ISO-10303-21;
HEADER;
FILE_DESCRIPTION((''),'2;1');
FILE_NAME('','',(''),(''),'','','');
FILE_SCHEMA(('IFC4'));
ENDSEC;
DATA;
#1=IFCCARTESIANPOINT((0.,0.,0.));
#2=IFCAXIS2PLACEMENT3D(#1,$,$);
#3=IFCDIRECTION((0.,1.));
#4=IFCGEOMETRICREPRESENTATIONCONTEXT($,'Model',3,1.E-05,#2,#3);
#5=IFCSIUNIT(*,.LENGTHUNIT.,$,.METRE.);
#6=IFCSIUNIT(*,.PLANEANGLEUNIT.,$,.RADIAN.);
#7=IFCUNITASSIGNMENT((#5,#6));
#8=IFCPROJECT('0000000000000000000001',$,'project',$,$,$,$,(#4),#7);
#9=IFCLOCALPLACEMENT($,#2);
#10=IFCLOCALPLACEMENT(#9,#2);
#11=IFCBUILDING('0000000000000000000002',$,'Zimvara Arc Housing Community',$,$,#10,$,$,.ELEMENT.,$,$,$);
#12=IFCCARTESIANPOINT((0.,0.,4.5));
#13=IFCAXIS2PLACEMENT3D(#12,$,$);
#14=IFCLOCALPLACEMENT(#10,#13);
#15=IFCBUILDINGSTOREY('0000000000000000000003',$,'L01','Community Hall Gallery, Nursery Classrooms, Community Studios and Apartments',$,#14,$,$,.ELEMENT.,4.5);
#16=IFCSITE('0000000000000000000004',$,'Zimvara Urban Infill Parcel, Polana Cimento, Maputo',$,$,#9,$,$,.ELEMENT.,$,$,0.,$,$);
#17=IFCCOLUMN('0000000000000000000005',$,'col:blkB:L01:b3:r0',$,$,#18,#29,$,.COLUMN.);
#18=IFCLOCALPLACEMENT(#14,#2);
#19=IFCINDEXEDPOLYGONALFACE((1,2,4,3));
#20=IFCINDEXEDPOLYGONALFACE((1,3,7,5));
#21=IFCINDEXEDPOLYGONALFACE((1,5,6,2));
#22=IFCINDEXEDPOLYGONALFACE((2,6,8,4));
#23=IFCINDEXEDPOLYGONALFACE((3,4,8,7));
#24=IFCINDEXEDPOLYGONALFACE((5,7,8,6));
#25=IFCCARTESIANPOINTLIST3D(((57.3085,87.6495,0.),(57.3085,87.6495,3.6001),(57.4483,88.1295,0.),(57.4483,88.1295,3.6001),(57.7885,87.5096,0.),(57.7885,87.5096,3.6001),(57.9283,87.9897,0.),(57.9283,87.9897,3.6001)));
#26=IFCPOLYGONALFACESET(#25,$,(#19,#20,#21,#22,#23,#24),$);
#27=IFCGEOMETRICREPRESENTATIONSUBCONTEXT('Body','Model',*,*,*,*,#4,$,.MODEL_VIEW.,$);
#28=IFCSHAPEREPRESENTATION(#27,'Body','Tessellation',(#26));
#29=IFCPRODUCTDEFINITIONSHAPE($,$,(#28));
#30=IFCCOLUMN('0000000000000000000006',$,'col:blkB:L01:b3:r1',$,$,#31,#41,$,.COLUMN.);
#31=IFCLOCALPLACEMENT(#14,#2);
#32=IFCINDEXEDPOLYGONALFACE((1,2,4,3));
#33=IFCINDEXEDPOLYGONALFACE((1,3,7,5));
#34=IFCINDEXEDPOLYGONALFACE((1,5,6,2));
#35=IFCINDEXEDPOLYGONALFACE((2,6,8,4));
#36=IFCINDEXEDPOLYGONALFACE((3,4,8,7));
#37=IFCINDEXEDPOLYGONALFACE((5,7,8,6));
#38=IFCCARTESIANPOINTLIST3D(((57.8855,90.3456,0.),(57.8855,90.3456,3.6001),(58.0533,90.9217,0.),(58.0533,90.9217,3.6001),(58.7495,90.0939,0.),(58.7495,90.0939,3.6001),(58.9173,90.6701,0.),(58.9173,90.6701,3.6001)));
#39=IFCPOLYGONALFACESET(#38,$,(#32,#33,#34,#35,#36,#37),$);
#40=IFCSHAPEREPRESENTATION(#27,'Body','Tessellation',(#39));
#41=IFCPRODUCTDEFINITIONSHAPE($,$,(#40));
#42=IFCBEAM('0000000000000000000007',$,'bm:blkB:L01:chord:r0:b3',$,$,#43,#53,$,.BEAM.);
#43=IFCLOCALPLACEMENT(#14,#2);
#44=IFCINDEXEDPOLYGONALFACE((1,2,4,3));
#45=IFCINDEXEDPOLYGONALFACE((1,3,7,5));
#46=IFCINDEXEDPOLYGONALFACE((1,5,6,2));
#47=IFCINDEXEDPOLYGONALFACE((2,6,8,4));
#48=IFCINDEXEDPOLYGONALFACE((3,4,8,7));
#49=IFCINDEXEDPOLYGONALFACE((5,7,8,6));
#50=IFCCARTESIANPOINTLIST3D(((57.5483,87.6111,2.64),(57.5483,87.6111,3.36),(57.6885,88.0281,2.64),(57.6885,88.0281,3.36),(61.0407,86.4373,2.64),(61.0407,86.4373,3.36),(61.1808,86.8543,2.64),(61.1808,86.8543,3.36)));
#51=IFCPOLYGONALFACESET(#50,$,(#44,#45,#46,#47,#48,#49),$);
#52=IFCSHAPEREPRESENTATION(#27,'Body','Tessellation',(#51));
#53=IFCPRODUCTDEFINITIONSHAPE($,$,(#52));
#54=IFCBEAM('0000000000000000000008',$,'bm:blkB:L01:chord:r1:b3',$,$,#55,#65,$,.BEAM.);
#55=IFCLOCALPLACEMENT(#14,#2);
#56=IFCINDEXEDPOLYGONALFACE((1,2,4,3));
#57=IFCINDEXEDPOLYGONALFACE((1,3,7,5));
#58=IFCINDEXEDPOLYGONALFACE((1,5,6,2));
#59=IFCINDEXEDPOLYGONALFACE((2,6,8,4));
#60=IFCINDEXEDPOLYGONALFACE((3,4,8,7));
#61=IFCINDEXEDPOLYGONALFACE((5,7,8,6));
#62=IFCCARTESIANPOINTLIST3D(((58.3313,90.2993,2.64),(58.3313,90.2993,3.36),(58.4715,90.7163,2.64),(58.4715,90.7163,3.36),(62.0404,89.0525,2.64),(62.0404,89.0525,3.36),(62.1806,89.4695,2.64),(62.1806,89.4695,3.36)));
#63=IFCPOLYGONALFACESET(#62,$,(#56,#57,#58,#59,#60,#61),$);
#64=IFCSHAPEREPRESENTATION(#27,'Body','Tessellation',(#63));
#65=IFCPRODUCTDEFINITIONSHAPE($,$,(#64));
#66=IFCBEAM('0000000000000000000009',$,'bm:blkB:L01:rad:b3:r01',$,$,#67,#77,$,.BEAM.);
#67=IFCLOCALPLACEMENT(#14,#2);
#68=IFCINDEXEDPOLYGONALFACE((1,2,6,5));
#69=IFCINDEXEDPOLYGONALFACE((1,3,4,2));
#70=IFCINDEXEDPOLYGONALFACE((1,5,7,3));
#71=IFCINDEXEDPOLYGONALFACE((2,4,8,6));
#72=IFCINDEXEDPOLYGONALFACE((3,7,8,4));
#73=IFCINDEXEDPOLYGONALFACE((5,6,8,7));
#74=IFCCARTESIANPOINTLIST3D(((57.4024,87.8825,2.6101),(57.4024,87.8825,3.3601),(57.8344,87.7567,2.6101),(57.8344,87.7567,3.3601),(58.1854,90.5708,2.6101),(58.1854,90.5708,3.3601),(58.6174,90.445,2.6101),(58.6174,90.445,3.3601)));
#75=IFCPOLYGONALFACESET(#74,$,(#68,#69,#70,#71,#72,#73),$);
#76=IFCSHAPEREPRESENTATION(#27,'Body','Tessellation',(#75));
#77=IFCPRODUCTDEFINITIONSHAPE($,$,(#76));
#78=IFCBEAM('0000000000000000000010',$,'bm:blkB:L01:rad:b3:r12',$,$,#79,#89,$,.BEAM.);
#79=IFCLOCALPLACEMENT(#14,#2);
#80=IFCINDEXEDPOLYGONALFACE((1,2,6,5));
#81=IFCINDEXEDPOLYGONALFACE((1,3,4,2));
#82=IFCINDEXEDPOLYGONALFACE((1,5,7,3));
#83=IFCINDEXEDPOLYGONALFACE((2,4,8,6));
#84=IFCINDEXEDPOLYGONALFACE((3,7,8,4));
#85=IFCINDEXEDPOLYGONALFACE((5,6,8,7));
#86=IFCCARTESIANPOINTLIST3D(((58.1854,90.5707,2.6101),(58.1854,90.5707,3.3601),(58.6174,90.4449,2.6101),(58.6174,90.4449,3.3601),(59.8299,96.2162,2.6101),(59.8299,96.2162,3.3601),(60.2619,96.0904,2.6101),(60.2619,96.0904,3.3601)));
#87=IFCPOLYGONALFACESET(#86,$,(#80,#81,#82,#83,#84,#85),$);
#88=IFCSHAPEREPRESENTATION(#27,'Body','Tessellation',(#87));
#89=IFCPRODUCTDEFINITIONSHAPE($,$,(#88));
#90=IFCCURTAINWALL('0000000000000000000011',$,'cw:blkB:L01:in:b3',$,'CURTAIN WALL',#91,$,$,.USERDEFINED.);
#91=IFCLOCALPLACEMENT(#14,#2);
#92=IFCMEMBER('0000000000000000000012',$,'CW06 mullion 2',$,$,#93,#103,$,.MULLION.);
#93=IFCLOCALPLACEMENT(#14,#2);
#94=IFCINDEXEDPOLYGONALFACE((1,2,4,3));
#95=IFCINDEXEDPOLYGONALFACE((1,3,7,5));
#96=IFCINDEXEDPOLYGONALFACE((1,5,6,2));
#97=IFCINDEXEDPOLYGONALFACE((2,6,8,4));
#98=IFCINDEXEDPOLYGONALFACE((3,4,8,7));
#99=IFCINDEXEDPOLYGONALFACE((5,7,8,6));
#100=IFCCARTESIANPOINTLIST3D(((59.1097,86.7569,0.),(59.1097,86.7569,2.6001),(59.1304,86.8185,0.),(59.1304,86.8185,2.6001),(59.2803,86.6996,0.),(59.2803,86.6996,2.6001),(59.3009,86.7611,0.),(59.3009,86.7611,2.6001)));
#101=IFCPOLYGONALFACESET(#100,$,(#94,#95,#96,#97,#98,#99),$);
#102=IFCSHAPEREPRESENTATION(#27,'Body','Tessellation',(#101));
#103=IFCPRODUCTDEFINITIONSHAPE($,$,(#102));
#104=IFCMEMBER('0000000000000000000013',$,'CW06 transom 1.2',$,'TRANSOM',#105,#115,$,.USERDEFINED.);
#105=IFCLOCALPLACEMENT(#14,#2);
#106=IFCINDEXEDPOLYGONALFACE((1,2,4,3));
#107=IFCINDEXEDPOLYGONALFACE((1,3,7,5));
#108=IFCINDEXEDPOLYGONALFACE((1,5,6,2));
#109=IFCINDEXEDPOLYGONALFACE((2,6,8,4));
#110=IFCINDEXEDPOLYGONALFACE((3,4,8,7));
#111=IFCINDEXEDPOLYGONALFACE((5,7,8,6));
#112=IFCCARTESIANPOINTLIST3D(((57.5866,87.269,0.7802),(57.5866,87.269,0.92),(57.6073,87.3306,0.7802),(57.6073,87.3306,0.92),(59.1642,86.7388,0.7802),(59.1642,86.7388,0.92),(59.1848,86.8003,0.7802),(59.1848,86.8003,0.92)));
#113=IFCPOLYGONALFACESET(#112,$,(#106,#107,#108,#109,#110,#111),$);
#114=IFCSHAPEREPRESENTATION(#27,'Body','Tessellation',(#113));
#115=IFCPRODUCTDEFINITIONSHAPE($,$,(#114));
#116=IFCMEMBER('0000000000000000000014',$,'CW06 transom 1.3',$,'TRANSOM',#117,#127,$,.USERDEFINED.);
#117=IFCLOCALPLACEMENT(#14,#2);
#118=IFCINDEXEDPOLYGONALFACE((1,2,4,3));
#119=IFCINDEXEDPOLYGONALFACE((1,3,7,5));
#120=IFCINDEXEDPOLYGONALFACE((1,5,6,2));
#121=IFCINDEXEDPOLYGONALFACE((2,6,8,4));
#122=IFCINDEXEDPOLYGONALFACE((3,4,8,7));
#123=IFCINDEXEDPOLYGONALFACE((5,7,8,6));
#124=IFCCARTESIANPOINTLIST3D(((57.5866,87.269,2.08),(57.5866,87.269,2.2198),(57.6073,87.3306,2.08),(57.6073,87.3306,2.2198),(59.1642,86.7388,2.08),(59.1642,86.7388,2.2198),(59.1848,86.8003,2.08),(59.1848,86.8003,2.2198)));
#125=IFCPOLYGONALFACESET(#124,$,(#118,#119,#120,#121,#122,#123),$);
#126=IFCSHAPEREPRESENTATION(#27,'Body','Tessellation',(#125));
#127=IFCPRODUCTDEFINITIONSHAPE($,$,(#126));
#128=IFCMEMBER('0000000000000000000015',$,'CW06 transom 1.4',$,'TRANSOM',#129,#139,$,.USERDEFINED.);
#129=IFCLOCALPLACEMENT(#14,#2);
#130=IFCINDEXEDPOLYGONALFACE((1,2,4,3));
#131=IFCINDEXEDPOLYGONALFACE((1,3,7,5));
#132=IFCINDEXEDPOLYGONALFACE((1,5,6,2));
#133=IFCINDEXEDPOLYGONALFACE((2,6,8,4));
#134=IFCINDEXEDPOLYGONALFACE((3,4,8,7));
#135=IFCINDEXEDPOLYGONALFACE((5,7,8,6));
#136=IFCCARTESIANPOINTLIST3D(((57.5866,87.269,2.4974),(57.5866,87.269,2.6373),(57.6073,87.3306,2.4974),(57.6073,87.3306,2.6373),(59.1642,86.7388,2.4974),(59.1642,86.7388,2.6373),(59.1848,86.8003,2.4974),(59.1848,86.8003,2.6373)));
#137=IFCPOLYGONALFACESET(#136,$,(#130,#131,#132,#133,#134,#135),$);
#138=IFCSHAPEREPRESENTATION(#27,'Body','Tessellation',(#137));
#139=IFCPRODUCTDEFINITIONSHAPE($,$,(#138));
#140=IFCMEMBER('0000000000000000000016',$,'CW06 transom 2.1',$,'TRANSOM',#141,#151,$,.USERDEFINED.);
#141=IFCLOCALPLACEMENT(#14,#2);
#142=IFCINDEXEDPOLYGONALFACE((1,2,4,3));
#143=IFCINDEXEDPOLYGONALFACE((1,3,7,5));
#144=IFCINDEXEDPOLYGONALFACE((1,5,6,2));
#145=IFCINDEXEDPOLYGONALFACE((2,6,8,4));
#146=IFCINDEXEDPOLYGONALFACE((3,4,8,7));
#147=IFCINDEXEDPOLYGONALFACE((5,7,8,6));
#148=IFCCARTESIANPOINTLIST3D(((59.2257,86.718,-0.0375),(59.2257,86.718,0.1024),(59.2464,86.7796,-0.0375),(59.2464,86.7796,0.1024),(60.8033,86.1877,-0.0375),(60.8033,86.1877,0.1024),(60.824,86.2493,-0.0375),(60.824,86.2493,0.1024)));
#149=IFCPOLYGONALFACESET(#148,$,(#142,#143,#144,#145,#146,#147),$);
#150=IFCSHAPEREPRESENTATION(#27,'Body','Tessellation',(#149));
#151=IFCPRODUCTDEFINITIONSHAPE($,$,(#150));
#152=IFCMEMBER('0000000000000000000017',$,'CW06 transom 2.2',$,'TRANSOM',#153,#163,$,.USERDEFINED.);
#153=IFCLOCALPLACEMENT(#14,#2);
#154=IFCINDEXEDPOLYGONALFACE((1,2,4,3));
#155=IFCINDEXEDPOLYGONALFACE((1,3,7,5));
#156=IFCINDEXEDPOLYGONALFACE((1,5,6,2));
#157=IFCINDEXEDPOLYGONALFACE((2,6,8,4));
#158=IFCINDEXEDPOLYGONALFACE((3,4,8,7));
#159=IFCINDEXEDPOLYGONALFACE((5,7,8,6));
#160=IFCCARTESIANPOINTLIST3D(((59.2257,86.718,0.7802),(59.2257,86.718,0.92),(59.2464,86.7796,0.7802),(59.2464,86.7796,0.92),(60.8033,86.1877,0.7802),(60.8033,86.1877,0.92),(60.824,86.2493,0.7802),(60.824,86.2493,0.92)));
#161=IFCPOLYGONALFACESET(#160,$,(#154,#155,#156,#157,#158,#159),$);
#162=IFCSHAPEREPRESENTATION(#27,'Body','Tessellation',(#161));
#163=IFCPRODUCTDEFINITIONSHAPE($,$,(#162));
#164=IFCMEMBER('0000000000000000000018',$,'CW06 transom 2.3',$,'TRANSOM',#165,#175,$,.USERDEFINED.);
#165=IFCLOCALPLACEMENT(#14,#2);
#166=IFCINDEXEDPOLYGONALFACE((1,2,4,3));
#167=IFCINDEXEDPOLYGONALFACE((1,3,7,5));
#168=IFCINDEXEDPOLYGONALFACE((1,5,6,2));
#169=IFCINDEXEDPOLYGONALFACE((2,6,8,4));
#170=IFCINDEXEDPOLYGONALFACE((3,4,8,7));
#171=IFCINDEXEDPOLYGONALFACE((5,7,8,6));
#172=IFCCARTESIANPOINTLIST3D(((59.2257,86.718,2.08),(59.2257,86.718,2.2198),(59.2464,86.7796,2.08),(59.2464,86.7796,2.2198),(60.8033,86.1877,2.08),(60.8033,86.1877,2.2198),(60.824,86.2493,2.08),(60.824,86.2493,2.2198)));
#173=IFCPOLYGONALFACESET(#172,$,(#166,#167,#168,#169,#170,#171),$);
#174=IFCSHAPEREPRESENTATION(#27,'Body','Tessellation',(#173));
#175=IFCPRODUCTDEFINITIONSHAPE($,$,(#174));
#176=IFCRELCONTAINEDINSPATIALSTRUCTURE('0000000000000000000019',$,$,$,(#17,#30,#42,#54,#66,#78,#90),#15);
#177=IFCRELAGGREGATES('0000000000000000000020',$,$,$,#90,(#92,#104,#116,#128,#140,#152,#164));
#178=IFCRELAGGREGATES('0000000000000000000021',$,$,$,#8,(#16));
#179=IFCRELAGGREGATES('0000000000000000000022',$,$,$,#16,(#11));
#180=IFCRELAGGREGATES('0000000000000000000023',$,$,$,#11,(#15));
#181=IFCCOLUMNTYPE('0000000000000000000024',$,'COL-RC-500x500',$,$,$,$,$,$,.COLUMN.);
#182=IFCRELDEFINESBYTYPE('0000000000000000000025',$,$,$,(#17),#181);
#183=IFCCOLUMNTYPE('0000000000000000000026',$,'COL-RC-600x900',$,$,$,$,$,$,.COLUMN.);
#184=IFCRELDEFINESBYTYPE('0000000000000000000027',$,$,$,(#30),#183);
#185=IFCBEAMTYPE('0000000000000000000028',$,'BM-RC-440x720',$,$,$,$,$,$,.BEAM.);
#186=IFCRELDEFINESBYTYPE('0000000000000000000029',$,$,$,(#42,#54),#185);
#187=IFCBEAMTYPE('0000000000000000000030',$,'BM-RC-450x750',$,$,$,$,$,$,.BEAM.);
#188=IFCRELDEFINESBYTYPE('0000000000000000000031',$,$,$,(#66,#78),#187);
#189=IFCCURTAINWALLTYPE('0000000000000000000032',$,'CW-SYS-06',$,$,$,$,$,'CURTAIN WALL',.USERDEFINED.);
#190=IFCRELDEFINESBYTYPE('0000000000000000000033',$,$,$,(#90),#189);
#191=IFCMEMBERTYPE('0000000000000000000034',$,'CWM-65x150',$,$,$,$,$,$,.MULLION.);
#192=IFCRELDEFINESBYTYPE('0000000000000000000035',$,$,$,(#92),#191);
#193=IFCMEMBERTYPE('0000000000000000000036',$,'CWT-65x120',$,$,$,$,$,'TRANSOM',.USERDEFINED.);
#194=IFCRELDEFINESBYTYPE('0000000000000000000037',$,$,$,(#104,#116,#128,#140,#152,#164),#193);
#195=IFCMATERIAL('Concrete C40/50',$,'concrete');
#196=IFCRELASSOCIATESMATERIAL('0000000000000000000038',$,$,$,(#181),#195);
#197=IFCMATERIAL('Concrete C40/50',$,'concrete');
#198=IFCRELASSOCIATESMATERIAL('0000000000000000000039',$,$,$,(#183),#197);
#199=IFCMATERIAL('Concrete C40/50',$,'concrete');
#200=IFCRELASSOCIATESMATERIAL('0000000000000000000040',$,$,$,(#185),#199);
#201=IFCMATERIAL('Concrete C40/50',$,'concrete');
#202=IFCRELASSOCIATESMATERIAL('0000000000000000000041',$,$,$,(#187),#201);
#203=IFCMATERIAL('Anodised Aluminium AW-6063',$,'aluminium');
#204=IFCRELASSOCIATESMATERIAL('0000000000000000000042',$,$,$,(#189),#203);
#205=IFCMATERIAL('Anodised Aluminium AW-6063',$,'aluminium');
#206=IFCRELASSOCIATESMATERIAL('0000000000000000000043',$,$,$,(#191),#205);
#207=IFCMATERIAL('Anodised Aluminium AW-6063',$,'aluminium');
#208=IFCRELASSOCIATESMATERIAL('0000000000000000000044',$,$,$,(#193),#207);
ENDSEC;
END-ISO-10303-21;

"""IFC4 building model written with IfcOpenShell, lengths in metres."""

from ifc_helpers import new_model, si_unit, direction, frame, origin, origin_2d, place, context, subcontext, project, spatial, rectangle, extrude, material, material_profile, profile_set, type_object, element, aggregate, save


model = new_model("IFC4")

# Units and contexts
model_context = context("Model", 3, precision=1e-05, world=origin(), true_north=direction((0.0, 1.0)))
body_context = subcontext(model_context, "Body", "Model", "MODEL_VIEW")
ifc_project = project(units=[si_unit("LENGTHUNIT", "METRE"), si_unit("PLANEANGLEUNIT", "RADIAN")], contexts=[model_context])

# Site, building, storey
site_placement = place(None, origin())
site = spatial("IfcSite", under=ifc_project, at=site_placement, Name="Zimvara Urban Infill Parcel, Polana Cimento, Maputo", CompositionType="ELEMENT", RefElevation=0.0)
building_placement = place(site_placement, origin())
building = spatial("IfcBuilding", under=site, at=building_placement, Name="Zimvara Arc Housing Community", CompositionType="ELEMENT")
storey_placement = place(building_placement, frame((0.0, 0.0, 4.5)))
storey = spatial("IfcBuildingStorey", under=building, at=storey_placement, Name="L01", Description="Community Hall Gallery, Nursery Classrooms, Community Studios and Apartments", CompositionType="ELEMENT", Elevation=4.5)

# Columns
ifc_material_1 = material(Name="Concrete C40/50", Category="concrete")
ifc_material_profile_1 = material_profile(ifc_material_1, rectangle(XDim=0.5, YDim=0.5, at=origin_2d()), Name="RC 500x500")
ifc_profile_set_1 = profile_set([ifc_material_profile_1], Name="Concrete C40/50")
column_type_1 = type_object("IfcColumnType", Name="COL-RC-500x500", PredefinedType="COLUMN", material=ifc_profile_set_1)
column_1_placement = place(storey_placement, frame((57.6184, 87.8196, 0.0), z_axis=(0.0, 0.0, 1.0), x_axis=(0.279661, 0.960099, 0.0)))
element("IfcColumn", 1, at=column_1_placement, inside=storey, type_object=column_type_1, Name="col:blkB:L01:b3:r0", PredefinedType="COLUMN", context=body_context, shape_type="SweptSolid", body=[
    extrude(rectangle(XDim=0.5, YDim=0.5, at=origin_2d()), origin(), (0.0, 0.0, 1.0), 3.6001),
])
ifc_material_2 = material(Name="Concrete C40/50", Category="concrete")
ifc_material_profile_2 = material_profile(ifc_material_2, rectangle(XDim=0.6001, YDim=0.8999, at=origin_2d()), Name="RC 600x900")
ifc_profile_set_2 = profile_set([ifc_material_profile_2], Name="Concrete C40/50")
column_type_2 = type_object("IfcColumnType", Name="COL-RC-600x900", PredefinedType="COLUMN", material=ifc_profile_set_2)
column_2_placement = place(storey_placement, frame((58.4014, 90.5078, 0.0), z_axis=(0.0, 0.0, 1.0), x_axis=(0.279661, 0.960099, 0.0)))
element("IfcColumn", 2, at=column_2_placement, inside=storey, type_object=column_type_2, Name="col:blkB:L01:b3:r1", PredefinedType="COLUMN", context=body_context, shape_type="SweptSolid", body=[
    extrude(rectangle(XDim=0.6001, YDim=0.8999, at=origin_2d()), origin(), (0.0, 0.0, 1.0), 3.6001),
])

# Beams
ifc_material_3 = material(Name="Concrete C40/50", Category="concrete")
ifc_material_profile_3 = material_profile(ifc_material_3, rectangle(XDim=0.4399, YDim=0.72, at=origin_2d()), Name="RC 440x720")
ifc_profile_set_3 = profile_set([ifc_material_profile_3], Name="Concrete C40/50")
beam_type_1 = type_object("IfcBeamType", Name="BM-RC-440x720", PredefinedType="BEAM", material=ifc_profile_set_3)
beam_1_placement = place(storey_placement, frame((57.6184, 87.8196, 3.0), z_axis=(0.947892, -0.318592, 0.0), x_axis=(0.318592, 0.947892, 0.0)))
element("IfcBeam", 3, at=beam_1_placement, inside=storey, type_object=beam_type_1, Name="bm:blkB:L01:chord:r0:b3", PredefinedType="BEAM", context=body_context, shape_type="SweptSolid", body=[
    extrude(rectangle(XDim=0.4399, YDim=0.72, at=origin_2d()), origin(), (0.0, 0.0, 1.0), 3.6843),
])
beam_2_placement = place(storey_placement, frame((58.4014, 90.5078, 3.0), z_axis=(0.947882, -0.318623, 0.0), x_axis=(0.318623, 0.947882, 0.0)))
element("IfcBeam", 4, at=beam_2_placement, inside=storey, type_object=beam_type_1, Name="bm:blkB:L01:chord:r1:b3", PredefinedType="BEAM", context=body_context, shape_type="SweptSolid", body=[
    extrude(rectangle(XDim=0.4399, YDim=0.72, at=origin_2d()), origin(), (0.0, 0.0, 1.0), 3.9131),
])
ifc_material_4 = material(Name="Concrete C40/50", Category="concrete")
ifc_material_profile_4 = material_profile(ifc_material_4, rectangle(XDim=0.45, YDim=0.75, at=origin_2d()), Name="RC 450x750")
ifc_profile_set_4 = profile_set([ifc_material_profile_4], Name="Concrete C40/50")
beam_type_2 = type_object("IfcBeamType", Name="BM-RC-450x750", PredefinedType="BEAM", material=ifc_profile_set_4)
beam_3_placement = place(storey_placement, frame((57.6184, 87.8196, 2.9851), z_axis=(0.279635, 0.960106, 0.0), x_axis=(-0.960106, 0.279635, 0.0)))
element("IfcBeam", 5, at=beam_3_placement, inside=storey, type_object=beam_type_2, Name="bm:blkB:L01:rad:b3:r01", PredefinedType="BEAM", context=body_context, shape_type="SweptSolid", body=[
    extrude(rectangle(XDim=0.45, YDim=0.75, at=origin_2d()), origin(), (0.0, 0.0, 1.0), 2.8),
])
beam_4_placement = place(storey_placement, frame((58.4014, 90.5078, 2.9851), z_axis=(0.279675, 0.960095, 0.0), x_axis=(-0.960095, 0.279675, 0.0)))
element("IfcBeam", 6, at=beam_4_placement, inside=storey, type_object=beam_type_2, Name="bm:blkB:L01:rad:b3:r12", PredefinedType="BEAM", context=body_context, shape_type="SweptSolid", body=[
    extrude(rectangle(XDim=0.45, YDim=0.75, at=origin_2d()), origin(), (0.0, 0.0, 1.0), 5.8801),
])

# Curtain wall, members
ifc_material_5 = material(Name="Anodised Aluminium AW-6063", Category="aluminium")
curtain_wall_type = type_object("IfcCurtainWallType", Name="CW-SYS-06", ElementType="CURTAIN WALL", PredefinedType="USERDEFINED", material=ifc_material_5)
curtain_wall_placement = place(storey_placement, origin())
curtain_wall = element("IfcCurtainWall", 7, at=curtain_wall_placement, inside=storey, type_object=curtain_wall_type, Name="cw:blkB:L01:in:b3", ObjectType="CURTAIN WALL", PredefinedType="USERDEFINED")
ifc_material_6 = material(Name="Anodised Aluminium AW-6063", Category="aluminium")
ifc_material_profile_5 = material_profile(ifc_material_6, rectangle(XDim=0.0649, YDim=0.1799, at=origin_2d()), Name="ALU 65x180")
ifc_profile_set_5 = profile_set([ifc_material_profile_5], Name="Anodised Aluminium AW-6063")
member_type_1 = type_object("IfcMemberType", Name="CWM-65x150", PredefinedType="MULLION", material=ifc_profile_set_5)
member_1_placement = place(storey_placement, frame((59.2053, 86.759, 0.0), z_axis=(0.0, 0.0, 1.0), x_axis=(0.31863, 0.947879, 0.0)))
member_1 = element("IfcMember", 8, at=member_1_placement, type_object=member_type_1, Name="CW06 mullion 2", PredefinedType="MULLION", context=body_context, shape_type="SweptSolid", body=[
    extrude(rectangle(XDim=0.0649, YDim=0.1799, at=origin_2d()), origin(), (0.0, 0.0, 1.0), 2.6001),
])
ifc_material_7 = material(Name="Anodised Aluminium AW-6063", Category="aluminium")
ifc_material_profile_6 = material_profile(ifc_material_7, rectangle(XDim=0.0649, YDim=0.1399, at=origin_2d()), Name="ALU 65x140")
ifc_profile_set_6 = profile_set([ifc_material_profile_6], Name="Anodised Aluminium AW-6063")
member_type_2 = type_object("IfcMemberType", Name="CWT-65x120", ElementType="TRANSOM", PredefinedType="USERDEFINED", material=ifc_profile_set_6)
member_2_placement = place(storey_placement, frame((57.5969, 87.2998, 0.8501), z_axis=(0.947888, -0.318603, 0.0), x_axis=(0.318603, 0.947888, 0.0)))
member_2 = element("IfcMember", 9, at=member_2_placement, type_object=member_type_2, Name="CW06 transom 1.2", ObjectType="TRANSOM", PredefinedType="USERDEFINED", context=body_context, shape_type="SweptSolid", body=[
    extrude(rectangle(XDim=0.0649, YDim=0.1399, at=origin_2d()), origin(), (0.0, 0.0, 1.0), 1.6643),
])
member_3_placement = place(storey_placement, frame((57.5969, 87.2998, 2.1499), z_axis=(0.947888, -0.318603, 0.0), x_axis=(0.318603, 0.947888, 0.0)))
member_3 = element("IfcMember", 10, at=member_3_placement, type_object=member_type_2, Name="CW06 transom 1.3", ObjectType="TRANSOM", PredefinedType="USERDEFINED", context=body_context, shape_type="SweptSolid", body=[
    extrude(rectangle(XDim=0.0649, YDim=0.1399, at=origin_2d()), origin(), (0.0, 0.0, 1.0), 1.6643),
])
member_4_placement = place(storey_placement, frame((57.5969, 87.2998, 2.5674), z_axis=(0.947888, -0.318603, 0.0), x_axis=(0.318603, 0.947888, 0.0)))
member_4 = element("IfcMember", 11, at=member_4_placement, type_object=member_type_2, Name="CW06 transom 1.4", ObjectType="TRANSOM", PredefinedType="USERDEFINED", context=body_context, shape_type="SweptSolid", body=[
    extrude(rectangle(XDim=0.0649, YDim=0.1399, at=origin_2d()), origin(), (0.0, 0.0, 1.0), 1.6643),
])
member_5_placement = place(storey_placement, frame((59.2361, 86.7488, 0.0325), z_axis=(0.947888, -0.318603, 0.0), x_axis=(0.318603, 0.947888, 0.0)))
member_5 = element("IfcMember", 12, at=member_5_placement, type_object=member_type_2, Name="CW06 transom 2.1", ObjectType="TRANSOM", PredefinedType="USERDEFINED", context=body_context, shape_type="SweptSolid", body=[
    extrude(rectangle(XDim=0.0649, YDim=0.1399, at=origin_2d()), origin(), (0.0, 0.0, 1.0), 1.6643),
])
member_6_placement = place(storey_placement, frame((59.2361, 86.7488, 0.8501), z_axis=(0.947888, -0.318603, 0.0), x_axis=(0.318603, 0.947888, 0.0)))
member_6 = element("IfcMember", 13, at=member_6_placement, type_object=member_type_2, Name="CW06 transom 2.2", ObjectType="TRANSOM", PredefinedType="USERDEFINED", context=body_context, shape_type="SweptSolid", body=[
    extrude(rectangle(XDim=0.0649, YDim=0.1399, at=origin_2d()), origin(), (0.0, 0.0, 1.0), 1.6643),
])
member_7_placement = place(storey_placement, frame((59.2361, 86.7488, 2.1499), z_axis=(0.947888, -0.318603, 0.0), x_axis=(0.318603, 0.947888, 0.0)))
member_7 = element("IfcMember", 14, at=member_7_placement, type_object=member_type_2, Name="CW06 transom 2.3", ObjectType="TRANSOM", PredefinedType="USERDEFINED", context=body_context, shape_type="SweptSolid", body=[
    extrude(rectangle(XDim=0.0649, YDim=0.1399, at=origin_2d()), origin(), (0.0, 0.0, 1.0), 1.6643),
])
aggregate(curtain_wall, [member_1, member_2, member_3, member_4, member_5, member_6, member_7])

save(model, "model.ifc")
